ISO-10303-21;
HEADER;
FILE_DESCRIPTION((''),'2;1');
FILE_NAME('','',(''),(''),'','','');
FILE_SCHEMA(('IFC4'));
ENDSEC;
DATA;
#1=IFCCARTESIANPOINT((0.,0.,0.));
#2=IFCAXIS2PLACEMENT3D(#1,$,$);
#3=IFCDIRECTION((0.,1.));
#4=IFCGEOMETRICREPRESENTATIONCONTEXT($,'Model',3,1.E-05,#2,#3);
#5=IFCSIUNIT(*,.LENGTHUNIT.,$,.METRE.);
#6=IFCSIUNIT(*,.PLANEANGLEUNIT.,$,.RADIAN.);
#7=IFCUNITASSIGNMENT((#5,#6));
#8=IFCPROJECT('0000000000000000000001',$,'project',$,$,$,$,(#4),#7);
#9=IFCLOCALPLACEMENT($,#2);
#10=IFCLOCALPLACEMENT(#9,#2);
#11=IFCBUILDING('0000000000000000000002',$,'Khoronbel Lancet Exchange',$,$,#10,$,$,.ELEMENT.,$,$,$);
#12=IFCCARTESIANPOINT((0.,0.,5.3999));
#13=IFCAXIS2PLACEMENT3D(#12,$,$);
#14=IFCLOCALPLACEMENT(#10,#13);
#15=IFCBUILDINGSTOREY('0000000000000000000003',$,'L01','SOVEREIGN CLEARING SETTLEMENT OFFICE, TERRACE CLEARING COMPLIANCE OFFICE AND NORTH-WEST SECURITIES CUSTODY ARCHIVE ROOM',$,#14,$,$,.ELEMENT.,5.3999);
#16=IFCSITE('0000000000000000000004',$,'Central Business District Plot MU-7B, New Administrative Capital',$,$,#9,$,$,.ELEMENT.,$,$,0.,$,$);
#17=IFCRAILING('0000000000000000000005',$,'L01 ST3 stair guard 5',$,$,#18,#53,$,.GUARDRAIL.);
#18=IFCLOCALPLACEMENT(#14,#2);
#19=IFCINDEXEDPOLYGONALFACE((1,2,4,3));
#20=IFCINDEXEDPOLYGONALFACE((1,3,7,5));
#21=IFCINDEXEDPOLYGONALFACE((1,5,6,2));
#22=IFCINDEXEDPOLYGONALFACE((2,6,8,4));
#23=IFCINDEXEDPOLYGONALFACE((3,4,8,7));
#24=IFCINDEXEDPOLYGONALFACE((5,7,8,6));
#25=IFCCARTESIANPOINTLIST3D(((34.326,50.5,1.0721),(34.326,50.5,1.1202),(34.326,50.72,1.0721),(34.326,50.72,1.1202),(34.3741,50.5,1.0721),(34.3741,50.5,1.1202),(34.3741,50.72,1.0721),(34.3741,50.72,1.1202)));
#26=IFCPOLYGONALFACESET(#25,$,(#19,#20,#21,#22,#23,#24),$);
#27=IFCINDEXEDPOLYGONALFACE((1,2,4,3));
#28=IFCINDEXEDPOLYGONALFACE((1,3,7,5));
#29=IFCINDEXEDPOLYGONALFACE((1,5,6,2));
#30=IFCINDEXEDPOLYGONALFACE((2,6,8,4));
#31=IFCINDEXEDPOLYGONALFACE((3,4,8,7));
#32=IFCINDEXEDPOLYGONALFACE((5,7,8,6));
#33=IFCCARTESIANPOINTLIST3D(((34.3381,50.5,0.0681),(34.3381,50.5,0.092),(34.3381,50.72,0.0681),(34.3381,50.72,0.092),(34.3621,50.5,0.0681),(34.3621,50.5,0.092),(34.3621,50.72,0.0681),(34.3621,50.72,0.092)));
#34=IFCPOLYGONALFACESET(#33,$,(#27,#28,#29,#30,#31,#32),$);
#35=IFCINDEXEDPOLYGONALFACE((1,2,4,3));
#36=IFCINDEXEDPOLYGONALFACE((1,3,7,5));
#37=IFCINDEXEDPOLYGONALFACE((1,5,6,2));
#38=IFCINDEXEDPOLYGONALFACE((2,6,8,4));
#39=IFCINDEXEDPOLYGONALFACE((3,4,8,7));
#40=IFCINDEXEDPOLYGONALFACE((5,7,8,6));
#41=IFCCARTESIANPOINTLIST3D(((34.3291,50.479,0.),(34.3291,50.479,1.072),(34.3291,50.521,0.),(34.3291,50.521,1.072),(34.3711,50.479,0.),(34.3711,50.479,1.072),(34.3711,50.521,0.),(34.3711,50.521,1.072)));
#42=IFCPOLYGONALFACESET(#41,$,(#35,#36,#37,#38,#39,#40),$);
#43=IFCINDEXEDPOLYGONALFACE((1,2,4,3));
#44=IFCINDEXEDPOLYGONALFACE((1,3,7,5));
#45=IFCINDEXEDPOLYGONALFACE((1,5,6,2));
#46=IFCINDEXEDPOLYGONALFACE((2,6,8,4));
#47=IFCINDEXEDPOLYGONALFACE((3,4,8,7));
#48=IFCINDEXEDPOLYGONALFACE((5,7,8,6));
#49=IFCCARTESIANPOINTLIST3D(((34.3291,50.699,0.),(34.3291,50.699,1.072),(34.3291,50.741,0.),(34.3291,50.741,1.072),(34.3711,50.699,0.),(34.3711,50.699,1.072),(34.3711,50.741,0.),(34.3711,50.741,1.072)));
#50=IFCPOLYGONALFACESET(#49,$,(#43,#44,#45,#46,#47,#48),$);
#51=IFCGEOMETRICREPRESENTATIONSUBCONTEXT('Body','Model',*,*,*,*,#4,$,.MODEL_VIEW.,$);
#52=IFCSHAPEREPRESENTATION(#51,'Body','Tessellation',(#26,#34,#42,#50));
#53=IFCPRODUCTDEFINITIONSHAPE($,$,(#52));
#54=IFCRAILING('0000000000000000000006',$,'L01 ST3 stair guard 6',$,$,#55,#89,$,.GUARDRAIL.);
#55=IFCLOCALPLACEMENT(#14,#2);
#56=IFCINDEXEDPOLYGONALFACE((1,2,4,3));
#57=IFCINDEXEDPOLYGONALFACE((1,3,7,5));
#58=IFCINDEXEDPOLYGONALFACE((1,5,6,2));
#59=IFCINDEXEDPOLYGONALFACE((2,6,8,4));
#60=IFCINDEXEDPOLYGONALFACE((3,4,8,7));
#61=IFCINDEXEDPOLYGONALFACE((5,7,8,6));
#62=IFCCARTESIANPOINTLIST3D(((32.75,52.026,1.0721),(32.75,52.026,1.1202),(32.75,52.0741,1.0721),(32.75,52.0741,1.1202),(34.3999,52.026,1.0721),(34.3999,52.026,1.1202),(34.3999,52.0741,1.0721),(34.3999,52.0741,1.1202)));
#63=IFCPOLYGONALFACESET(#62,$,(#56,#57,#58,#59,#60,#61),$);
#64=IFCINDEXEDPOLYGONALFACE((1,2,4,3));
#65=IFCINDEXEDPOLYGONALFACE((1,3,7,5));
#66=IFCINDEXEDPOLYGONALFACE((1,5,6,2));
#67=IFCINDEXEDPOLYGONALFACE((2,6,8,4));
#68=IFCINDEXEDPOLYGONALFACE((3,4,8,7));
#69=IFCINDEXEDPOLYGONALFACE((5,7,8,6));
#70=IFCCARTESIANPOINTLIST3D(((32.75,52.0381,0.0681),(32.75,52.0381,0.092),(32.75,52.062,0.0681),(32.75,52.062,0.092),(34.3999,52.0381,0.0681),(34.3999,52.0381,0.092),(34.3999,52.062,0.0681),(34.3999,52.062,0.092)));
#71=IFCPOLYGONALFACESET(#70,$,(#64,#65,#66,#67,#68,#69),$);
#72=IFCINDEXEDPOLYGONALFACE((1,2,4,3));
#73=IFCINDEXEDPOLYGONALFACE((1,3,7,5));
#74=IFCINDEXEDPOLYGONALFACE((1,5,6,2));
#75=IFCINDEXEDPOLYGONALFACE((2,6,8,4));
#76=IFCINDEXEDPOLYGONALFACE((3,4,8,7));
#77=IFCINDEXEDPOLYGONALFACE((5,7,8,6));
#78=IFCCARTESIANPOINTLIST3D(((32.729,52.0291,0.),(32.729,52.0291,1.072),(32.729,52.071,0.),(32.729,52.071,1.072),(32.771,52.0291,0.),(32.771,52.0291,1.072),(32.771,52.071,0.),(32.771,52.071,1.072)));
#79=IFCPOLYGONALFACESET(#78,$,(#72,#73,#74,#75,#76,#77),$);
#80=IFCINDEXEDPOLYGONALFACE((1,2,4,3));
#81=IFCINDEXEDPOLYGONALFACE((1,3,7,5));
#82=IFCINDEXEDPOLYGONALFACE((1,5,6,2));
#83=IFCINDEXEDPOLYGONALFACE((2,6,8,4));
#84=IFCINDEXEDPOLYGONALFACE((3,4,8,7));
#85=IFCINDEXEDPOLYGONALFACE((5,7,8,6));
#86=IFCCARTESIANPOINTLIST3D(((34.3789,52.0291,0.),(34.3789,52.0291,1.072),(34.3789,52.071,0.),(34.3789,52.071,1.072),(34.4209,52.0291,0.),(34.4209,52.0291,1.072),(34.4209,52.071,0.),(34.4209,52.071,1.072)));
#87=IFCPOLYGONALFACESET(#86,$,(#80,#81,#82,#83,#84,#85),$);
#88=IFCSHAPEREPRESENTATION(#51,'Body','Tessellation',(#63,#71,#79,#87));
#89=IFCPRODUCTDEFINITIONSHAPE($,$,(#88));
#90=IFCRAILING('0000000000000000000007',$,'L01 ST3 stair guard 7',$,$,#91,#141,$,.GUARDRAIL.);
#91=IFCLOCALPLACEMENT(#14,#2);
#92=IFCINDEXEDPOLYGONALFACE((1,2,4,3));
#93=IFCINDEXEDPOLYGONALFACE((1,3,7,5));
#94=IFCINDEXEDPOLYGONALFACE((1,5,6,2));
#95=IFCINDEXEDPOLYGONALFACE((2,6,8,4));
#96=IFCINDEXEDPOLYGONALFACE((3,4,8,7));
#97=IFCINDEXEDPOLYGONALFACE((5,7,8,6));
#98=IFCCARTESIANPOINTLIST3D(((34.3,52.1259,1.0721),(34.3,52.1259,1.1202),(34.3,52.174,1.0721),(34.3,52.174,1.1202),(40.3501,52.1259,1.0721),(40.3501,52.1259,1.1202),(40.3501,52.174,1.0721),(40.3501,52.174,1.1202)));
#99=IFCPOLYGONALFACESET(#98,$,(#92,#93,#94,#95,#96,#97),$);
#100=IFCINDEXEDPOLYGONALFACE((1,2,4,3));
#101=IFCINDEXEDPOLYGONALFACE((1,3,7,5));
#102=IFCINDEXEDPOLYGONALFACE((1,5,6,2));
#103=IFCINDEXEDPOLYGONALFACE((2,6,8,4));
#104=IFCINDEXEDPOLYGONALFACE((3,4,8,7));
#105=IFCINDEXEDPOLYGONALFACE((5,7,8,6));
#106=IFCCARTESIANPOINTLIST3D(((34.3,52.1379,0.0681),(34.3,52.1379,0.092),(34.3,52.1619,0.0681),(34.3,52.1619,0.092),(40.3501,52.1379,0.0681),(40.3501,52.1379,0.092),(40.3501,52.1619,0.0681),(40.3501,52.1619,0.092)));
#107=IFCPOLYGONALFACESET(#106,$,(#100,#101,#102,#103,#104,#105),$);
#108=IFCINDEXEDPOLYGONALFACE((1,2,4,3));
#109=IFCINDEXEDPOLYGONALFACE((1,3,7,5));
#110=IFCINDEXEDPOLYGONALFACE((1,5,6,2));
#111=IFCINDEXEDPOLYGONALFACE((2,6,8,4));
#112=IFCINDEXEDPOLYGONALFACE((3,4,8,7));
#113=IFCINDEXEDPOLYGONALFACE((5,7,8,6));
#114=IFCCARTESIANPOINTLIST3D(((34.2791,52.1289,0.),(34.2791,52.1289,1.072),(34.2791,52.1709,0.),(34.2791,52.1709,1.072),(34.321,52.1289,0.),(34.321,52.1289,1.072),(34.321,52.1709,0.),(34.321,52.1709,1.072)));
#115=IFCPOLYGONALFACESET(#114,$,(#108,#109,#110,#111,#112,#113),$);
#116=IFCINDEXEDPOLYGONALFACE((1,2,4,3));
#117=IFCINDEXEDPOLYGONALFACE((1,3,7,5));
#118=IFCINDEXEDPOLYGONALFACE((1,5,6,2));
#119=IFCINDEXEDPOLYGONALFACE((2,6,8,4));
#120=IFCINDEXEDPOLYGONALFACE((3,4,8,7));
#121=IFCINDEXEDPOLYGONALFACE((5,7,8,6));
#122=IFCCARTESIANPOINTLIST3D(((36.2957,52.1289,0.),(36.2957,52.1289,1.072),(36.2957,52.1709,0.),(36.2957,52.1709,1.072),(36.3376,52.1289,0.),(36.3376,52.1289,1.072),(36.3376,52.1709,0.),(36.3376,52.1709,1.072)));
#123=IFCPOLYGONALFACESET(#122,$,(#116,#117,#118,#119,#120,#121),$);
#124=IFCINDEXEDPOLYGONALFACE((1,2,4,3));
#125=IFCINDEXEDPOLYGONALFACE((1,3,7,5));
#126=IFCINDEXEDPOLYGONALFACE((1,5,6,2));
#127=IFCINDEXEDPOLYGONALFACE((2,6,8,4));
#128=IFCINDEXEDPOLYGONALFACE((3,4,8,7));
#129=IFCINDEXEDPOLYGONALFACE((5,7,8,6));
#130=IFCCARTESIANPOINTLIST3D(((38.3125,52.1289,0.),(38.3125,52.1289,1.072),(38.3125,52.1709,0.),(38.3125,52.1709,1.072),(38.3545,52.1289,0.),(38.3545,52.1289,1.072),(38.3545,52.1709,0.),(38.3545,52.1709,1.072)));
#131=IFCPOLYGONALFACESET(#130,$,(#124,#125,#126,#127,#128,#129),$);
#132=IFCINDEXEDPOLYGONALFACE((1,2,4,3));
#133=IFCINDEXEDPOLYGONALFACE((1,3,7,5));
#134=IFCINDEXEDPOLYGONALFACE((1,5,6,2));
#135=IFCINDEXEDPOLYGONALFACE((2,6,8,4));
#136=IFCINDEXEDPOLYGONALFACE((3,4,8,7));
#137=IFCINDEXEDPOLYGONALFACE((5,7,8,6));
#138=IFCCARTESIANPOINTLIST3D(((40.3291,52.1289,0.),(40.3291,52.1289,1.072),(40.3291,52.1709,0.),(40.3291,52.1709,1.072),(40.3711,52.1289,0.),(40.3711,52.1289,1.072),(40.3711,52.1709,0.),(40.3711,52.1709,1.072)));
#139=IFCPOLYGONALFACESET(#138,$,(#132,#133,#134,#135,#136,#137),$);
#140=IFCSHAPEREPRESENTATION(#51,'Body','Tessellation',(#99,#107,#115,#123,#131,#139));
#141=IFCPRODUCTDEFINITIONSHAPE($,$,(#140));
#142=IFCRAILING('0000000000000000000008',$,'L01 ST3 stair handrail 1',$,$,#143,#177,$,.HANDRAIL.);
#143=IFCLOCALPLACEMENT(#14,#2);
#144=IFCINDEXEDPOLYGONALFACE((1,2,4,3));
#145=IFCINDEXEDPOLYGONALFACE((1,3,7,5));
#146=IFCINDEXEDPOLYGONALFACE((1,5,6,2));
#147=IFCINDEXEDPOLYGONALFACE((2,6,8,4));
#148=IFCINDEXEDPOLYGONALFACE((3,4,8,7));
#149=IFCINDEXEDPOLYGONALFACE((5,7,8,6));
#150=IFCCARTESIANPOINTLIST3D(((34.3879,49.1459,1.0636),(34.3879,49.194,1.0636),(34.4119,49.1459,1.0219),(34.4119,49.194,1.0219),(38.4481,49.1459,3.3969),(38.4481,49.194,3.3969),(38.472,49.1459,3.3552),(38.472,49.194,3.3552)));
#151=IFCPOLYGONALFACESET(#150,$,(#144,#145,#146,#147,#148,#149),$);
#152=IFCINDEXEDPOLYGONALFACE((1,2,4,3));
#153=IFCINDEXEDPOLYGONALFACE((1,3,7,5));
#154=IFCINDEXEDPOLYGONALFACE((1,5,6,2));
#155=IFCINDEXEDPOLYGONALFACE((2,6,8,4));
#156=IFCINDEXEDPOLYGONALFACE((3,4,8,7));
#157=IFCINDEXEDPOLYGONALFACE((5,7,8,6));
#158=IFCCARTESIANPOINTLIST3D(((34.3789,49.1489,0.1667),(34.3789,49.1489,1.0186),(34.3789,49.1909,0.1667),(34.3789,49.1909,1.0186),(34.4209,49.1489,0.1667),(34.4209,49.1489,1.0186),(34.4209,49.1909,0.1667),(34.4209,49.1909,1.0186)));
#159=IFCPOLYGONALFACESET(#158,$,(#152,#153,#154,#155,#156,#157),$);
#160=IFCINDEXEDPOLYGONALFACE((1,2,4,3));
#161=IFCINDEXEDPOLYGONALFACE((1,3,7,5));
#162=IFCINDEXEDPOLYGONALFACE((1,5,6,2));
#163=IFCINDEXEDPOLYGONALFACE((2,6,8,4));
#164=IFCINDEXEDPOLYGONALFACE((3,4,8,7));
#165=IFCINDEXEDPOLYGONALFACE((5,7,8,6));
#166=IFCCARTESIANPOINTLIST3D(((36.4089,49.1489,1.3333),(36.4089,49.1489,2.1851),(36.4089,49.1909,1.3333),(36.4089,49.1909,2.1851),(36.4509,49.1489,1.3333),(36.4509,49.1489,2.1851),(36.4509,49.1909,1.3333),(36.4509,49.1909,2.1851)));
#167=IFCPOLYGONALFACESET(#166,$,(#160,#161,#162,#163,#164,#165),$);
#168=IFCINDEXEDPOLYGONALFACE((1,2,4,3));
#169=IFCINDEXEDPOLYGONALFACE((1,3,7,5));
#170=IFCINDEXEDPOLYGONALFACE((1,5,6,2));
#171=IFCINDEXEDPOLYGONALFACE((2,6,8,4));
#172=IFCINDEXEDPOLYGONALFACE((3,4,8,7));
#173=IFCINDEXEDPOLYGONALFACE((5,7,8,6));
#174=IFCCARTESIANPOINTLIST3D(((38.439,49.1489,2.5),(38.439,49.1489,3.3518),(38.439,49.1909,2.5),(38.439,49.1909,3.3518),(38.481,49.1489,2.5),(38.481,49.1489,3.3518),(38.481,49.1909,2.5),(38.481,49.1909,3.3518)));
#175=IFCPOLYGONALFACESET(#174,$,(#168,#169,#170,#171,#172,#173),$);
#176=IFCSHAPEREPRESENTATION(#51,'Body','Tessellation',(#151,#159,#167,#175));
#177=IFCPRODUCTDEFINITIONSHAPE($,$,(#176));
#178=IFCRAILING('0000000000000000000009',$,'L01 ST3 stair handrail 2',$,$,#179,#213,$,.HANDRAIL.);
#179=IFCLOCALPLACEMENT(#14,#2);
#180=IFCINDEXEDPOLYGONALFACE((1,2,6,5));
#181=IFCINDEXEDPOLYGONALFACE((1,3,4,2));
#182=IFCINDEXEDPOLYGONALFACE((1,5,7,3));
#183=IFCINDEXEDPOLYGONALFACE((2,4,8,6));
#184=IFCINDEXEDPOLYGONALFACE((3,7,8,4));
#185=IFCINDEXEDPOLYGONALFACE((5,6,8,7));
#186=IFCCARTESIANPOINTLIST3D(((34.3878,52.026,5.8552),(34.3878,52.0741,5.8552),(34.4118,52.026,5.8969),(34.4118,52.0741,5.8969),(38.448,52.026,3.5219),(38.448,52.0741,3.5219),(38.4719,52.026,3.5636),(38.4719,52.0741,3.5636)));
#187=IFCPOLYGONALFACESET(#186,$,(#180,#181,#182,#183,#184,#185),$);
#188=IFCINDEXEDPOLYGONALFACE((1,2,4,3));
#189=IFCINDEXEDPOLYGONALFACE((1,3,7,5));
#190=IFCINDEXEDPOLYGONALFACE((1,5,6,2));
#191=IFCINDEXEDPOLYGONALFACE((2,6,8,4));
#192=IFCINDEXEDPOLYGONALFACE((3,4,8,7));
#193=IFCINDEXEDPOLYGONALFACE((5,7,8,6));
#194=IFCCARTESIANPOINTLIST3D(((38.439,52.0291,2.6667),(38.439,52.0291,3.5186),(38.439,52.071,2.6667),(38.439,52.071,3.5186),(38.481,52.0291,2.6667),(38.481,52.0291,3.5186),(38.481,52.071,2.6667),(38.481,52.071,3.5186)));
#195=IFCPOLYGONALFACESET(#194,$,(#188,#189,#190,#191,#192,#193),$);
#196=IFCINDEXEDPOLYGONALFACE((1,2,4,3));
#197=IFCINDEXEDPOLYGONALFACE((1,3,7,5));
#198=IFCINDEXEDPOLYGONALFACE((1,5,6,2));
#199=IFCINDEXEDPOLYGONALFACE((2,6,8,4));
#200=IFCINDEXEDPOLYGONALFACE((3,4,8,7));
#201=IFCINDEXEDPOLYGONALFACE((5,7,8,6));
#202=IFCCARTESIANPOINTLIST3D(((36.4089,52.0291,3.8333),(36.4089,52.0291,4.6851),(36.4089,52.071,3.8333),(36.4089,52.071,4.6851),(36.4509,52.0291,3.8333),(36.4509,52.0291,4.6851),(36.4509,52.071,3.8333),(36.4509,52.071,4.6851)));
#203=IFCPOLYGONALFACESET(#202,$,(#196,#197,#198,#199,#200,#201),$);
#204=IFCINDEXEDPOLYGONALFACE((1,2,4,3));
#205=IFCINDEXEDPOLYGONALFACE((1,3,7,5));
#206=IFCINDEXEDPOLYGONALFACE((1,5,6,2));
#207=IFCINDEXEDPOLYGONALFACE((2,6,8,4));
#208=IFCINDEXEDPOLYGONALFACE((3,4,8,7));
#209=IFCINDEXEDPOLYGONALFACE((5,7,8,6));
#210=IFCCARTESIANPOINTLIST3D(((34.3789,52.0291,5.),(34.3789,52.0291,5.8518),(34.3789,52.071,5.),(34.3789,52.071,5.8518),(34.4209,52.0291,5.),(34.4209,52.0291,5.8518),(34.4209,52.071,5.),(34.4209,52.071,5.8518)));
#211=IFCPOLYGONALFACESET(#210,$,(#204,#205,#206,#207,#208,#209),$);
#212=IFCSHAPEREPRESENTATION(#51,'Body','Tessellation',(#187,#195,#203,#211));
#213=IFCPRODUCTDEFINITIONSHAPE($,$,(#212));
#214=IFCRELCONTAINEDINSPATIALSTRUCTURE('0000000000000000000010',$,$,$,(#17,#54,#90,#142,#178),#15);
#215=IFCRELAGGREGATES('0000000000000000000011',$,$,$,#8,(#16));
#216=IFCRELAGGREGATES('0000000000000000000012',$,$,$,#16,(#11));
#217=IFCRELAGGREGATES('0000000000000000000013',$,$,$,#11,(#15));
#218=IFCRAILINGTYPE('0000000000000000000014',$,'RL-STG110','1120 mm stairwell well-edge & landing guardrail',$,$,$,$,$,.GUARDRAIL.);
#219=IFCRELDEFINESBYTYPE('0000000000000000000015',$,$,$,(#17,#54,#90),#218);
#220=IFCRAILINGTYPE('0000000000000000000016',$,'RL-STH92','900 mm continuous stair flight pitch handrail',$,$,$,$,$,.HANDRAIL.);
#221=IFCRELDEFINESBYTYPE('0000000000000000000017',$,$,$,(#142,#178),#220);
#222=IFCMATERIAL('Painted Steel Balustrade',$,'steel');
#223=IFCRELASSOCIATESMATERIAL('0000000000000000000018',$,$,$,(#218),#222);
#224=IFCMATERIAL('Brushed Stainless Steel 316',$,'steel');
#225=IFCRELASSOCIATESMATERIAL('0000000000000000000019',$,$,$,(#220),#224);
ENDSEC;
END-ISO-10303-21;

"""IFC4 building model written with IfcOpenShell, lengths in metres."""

from ifc_helpers import new_model, si_unit, direction, frame, origin, origin_2d, place, context, subcontext, project, spatial, rectangle, extrude, material, type_object, element, save


model = new_model("IFC4")

# Units and contexts
model_context = context("Model", 3, precision=1e-05, world=origin(), true_north=direction((0.0, 1.0)))
body_context = subcontext(model_context, "Body", "Model", "MODEL_VIEW")
ifc_project = project(units=[si_unit("LENGTHUNIT", "METRE"), si_unit("PLANEANGLEUNIT", "RADIAN")], contexts=[model_context])

# Site, building, storey
site_placement = place(None, origin())
site = spatial("IfcSite", under=ifc_project, at=site_placement, Name="Central Business District Plot MU-7B, New Administrative Capital", CompositionType="ELEMENT", RefElevation=0.0)
building_placement = place(site_placement, origin())
building = spatial("IfcBuilding", under=site, at=building_placement, Name="Khoronbel Lancet Exchange", CompositionType="ELEMENT")
storey_placement = place(building_placement, frame((0.0, 0.0, 5.3999)))
storey = spatial("IfcBuildingStorey", under=building, at=storey_placement, Name="L01", Description="SOVEREIGN CLEARING SETTLEMENT OFFICE, TERRACE CLEARING COMPLIANCE OFFICE AND NORTH-WEST SECURITIES CUSTODY ARCHIVE ROOM", CompositionType="ELEMENT", Elevation=5.3999)

# Railings
ifc_material_1 = material(Name="Painted Steel Balustrade", Category="steel")
railing_type_1 = type_object("IfcRailingType", Name="RL-STG110", Description="1120 mm stairwell well-edge & landing guardrail", PredefinedType="GUARDRAIL", material=ifc_material_1)
railing_1_placement = place(storey_placement, frame((34.3501, 50.5, 0.0)))
element("IfcRailing", 1, at=railing_1_placement, inside=storey, type_object=railing_type_1, Name="L01 ST3 stair guard 5", PredefinedType="GUARDRAIL", context=body_context, shape_type="SweptSolid", body=[
    extrude(rectangle(XDim=0.0481, YDim=0.0481, at=origin_2d()), frame((0.0, 0.0, 1.0962), z_axis=(0.0, 1.0, 0.0), x_axis=(-1.0, 0.0, 0.0)), (0.0, 0.0, 1.0), 0.22),
    extrude(rectangle(XDim=0.0239, YDim=0.0239, at=origin_2d()), frame((0.0, 0.0, 0.0801), z_axis=(0.0, 1.0, 0.0), x_axis=(-1.0, 0.0, 0.0)), (0.0, 0.0, 1.0), 0.22),
    extrude(rectangle(XDim=0.042, YDim=0.042, at=origin_2d()), origin(), (0.0, 0.0, 1.0), 1.072),
    extrude(rectangle(XDim=0.042, YDim=0.042, at=origin_2d()), frame((0.0, 0.22, 0.0)), (0.0, 0.0, 1.0), 1.072),
])
railing_2_placement = place(storey_placement, frame((32.75, 52.05, 0.0)))
element("IfcRailing", 2, at=railing_2_placement, inside=storey, type_object=railing_type_1, Name="L01 ST3 stair guard 6", PredefinedType="GUARDRAIL", context=body_context, shape_type="SweptSolid", body=[
    extrude(rectangle(XDim=0.0481, YDim=0.0481, at=origin_2d()), frame((0.0, 0.0, 1.0962), z_axis=(1.0, 0.0, 0.0), x_axis=(0.0, 1.0, 0.0)), (0.0, 0.0, 1.0), 1.6499),
    extrude(rectangle(XDim=0.0239, YDim=0.0239, at=origin_2d()), frame((0.0, 0.0, 0.0801), z_axis=(1.0, 0.0, 0.0), x_axis=(0.0, 1.0, 0.0)), (0.0, 0.0, 1.0), 1.6499),
    extrude(rectangle(XDim=0.042, YDim=0.042, at=origin_2d()), origin(), (0.0, 0.0, 1.0), 1.072),
    extrude(rectangle(XDim=0.042, YDim=0.042, at=origin_2d()), frame((1.6499, 0.0, 0.0)), (0.0, 0.0, 1.0), 1.072),
])
railing_3_placement = place(storey_placement, frame((34.3, 52.1499, 0.0)))
element("IfcRailing", 3, at=railing_3_placement, inside=storey, type_object=railing_type_1, Name="L01 ST3 stair guard 7", PredefinedType="GUARDRAIL", context=body_context, shape_type="SweptSolid", body=[
    extrude(rectangle(XDim=0.0481, YDim=0.0481, at=origin_2d()), frame((0.0, 0.0, 1.0962), z_axis=(1.0, 0.0, 0.0), x_axis=(0.0, 1.0, 0.0)), (0.0, 0.0, 1.0), 6.05),
    extrude(rectangle(XDim=0.0239, YDim=0.0239, at=origin_2d()), frame((0.0, 0.0, 0.0801), z_axis=(1.0, 0.0, 0.0), x_axis=(0.0, 1.0, 0.0)), (0.0, 0.0, 1.0), 6.05),
    extrude(rectangle(XDim=0.042, YDim=0.042, at=origin_2d()), origin(), (0.0, 0.0, 1.0), 1.072),
    extrude(rectangle(XDim=0.042, YDim=0.042, at=origin_2d()), frame((2.0166, 0.0, 0.0)), (0.0, 0.0, 1.0), 1.072),
    extrude(rectangle(XDim=0.042, YDim=0.042, at=origin_2d()), frame((4.0334, 0.0, 0.0)), (0.0, 0.0, 1.0), 1.072),
    extrude(rectangle(XDim=0.042, YDim=0.042, at=origin_2d()), frame((6.05, 0.0, 0.0)), (0.0, 0.0, 1.0), 1.072),
])
ifc_material_2 = material(Name="Brushed Stainless Steel 316", Category="steel")
railing_type_2 = type_object("IfcRailingType", Name="RL-STH92", Description="900 mm continuous stair flight pitch handrail", PredefinedType="HANDRAIL", material=ifc_material_2)
railing_4_placement = place(storey_placement, frame((34.3999, 49.1699, 0.1667)))
element("IfcRailing", 4, at=railing_4_placement, inside=storey, type_object=railing_type_2, Name="L01 ST3 stair handrail 1", PredefinedType="HANDRAIL", context=body_context, shape_type="SweptSolid", body=[
    extrude(rectangle(XDim=0.0481, YDim=0.0481, at=origin_2d()), frame((0.0, 0.0, 0.876), z_axis=(0.867025, 0.0, 0.498265), x_axis=(0.0, 1.0, 0.0)), (0.0, 0.0, 1.0), 4.6829),
    extrude(rectangle(XDim=0.042, YDim=0.042, at=origin_2d()), origin(), (0.0, 0.0, 1.0), 0.8518),
    extrude(rectangle(XDim=0.042, YDim=0.042, at=origin_2d()), frame((2.03, 0.0, 1.1665)), (0.0, 0.0, 1.0), 0.8518),
    extrude(rectangle(XDim=0.042, YDim=0.042, at=origin_2d()), frame((4.0601, 0.0, 2.3333)), (0.0, 0.0, 1.0), 0.8518),
])
railing_5_placement = place(storey_placement, frame((38.46, 52.05, 2.6667)))
element("IfcRailing", 5, at=railing_5_placement, inside=storey, type_object=railing_type_2, Name="L01 ST3 stair handrail 2", PredefinedType="HANDRAIL", context=body_context, shape_type="SweptSolid", body=[
    extrude(rectangle(XDim=0.0481, YDim=0.0481, at=origin_2d()), frame((0.0, 0.0, 0.876), z_axis=(-0.867025, 0.0, 0.498265), x_axis=(0.0, -1.0, 0.0)), (0.0, 0.0, 1.0), 4.6829),
    extrude(rectangle(XDim=0.042, YDim=0.042, at=origin_2d()), origin(), (0.0, 0.0, 1.0), 0.8518),
    extrude(rectangle(XDim=0.042, YDim=0.042, at=origin_2d()), frame((-2.03, 0.0, 1.1665)), (0.0, 0.0, 1.0), 0.8518),
    extrude(rectangle(XDim=0.042, YDim=0.042, at=origin_2d()), frame((-4.0601, 0.0, 2.3333)), (0.0, 0.0, 1.0), 0.8518),
])

save(model, "model.ifc")
